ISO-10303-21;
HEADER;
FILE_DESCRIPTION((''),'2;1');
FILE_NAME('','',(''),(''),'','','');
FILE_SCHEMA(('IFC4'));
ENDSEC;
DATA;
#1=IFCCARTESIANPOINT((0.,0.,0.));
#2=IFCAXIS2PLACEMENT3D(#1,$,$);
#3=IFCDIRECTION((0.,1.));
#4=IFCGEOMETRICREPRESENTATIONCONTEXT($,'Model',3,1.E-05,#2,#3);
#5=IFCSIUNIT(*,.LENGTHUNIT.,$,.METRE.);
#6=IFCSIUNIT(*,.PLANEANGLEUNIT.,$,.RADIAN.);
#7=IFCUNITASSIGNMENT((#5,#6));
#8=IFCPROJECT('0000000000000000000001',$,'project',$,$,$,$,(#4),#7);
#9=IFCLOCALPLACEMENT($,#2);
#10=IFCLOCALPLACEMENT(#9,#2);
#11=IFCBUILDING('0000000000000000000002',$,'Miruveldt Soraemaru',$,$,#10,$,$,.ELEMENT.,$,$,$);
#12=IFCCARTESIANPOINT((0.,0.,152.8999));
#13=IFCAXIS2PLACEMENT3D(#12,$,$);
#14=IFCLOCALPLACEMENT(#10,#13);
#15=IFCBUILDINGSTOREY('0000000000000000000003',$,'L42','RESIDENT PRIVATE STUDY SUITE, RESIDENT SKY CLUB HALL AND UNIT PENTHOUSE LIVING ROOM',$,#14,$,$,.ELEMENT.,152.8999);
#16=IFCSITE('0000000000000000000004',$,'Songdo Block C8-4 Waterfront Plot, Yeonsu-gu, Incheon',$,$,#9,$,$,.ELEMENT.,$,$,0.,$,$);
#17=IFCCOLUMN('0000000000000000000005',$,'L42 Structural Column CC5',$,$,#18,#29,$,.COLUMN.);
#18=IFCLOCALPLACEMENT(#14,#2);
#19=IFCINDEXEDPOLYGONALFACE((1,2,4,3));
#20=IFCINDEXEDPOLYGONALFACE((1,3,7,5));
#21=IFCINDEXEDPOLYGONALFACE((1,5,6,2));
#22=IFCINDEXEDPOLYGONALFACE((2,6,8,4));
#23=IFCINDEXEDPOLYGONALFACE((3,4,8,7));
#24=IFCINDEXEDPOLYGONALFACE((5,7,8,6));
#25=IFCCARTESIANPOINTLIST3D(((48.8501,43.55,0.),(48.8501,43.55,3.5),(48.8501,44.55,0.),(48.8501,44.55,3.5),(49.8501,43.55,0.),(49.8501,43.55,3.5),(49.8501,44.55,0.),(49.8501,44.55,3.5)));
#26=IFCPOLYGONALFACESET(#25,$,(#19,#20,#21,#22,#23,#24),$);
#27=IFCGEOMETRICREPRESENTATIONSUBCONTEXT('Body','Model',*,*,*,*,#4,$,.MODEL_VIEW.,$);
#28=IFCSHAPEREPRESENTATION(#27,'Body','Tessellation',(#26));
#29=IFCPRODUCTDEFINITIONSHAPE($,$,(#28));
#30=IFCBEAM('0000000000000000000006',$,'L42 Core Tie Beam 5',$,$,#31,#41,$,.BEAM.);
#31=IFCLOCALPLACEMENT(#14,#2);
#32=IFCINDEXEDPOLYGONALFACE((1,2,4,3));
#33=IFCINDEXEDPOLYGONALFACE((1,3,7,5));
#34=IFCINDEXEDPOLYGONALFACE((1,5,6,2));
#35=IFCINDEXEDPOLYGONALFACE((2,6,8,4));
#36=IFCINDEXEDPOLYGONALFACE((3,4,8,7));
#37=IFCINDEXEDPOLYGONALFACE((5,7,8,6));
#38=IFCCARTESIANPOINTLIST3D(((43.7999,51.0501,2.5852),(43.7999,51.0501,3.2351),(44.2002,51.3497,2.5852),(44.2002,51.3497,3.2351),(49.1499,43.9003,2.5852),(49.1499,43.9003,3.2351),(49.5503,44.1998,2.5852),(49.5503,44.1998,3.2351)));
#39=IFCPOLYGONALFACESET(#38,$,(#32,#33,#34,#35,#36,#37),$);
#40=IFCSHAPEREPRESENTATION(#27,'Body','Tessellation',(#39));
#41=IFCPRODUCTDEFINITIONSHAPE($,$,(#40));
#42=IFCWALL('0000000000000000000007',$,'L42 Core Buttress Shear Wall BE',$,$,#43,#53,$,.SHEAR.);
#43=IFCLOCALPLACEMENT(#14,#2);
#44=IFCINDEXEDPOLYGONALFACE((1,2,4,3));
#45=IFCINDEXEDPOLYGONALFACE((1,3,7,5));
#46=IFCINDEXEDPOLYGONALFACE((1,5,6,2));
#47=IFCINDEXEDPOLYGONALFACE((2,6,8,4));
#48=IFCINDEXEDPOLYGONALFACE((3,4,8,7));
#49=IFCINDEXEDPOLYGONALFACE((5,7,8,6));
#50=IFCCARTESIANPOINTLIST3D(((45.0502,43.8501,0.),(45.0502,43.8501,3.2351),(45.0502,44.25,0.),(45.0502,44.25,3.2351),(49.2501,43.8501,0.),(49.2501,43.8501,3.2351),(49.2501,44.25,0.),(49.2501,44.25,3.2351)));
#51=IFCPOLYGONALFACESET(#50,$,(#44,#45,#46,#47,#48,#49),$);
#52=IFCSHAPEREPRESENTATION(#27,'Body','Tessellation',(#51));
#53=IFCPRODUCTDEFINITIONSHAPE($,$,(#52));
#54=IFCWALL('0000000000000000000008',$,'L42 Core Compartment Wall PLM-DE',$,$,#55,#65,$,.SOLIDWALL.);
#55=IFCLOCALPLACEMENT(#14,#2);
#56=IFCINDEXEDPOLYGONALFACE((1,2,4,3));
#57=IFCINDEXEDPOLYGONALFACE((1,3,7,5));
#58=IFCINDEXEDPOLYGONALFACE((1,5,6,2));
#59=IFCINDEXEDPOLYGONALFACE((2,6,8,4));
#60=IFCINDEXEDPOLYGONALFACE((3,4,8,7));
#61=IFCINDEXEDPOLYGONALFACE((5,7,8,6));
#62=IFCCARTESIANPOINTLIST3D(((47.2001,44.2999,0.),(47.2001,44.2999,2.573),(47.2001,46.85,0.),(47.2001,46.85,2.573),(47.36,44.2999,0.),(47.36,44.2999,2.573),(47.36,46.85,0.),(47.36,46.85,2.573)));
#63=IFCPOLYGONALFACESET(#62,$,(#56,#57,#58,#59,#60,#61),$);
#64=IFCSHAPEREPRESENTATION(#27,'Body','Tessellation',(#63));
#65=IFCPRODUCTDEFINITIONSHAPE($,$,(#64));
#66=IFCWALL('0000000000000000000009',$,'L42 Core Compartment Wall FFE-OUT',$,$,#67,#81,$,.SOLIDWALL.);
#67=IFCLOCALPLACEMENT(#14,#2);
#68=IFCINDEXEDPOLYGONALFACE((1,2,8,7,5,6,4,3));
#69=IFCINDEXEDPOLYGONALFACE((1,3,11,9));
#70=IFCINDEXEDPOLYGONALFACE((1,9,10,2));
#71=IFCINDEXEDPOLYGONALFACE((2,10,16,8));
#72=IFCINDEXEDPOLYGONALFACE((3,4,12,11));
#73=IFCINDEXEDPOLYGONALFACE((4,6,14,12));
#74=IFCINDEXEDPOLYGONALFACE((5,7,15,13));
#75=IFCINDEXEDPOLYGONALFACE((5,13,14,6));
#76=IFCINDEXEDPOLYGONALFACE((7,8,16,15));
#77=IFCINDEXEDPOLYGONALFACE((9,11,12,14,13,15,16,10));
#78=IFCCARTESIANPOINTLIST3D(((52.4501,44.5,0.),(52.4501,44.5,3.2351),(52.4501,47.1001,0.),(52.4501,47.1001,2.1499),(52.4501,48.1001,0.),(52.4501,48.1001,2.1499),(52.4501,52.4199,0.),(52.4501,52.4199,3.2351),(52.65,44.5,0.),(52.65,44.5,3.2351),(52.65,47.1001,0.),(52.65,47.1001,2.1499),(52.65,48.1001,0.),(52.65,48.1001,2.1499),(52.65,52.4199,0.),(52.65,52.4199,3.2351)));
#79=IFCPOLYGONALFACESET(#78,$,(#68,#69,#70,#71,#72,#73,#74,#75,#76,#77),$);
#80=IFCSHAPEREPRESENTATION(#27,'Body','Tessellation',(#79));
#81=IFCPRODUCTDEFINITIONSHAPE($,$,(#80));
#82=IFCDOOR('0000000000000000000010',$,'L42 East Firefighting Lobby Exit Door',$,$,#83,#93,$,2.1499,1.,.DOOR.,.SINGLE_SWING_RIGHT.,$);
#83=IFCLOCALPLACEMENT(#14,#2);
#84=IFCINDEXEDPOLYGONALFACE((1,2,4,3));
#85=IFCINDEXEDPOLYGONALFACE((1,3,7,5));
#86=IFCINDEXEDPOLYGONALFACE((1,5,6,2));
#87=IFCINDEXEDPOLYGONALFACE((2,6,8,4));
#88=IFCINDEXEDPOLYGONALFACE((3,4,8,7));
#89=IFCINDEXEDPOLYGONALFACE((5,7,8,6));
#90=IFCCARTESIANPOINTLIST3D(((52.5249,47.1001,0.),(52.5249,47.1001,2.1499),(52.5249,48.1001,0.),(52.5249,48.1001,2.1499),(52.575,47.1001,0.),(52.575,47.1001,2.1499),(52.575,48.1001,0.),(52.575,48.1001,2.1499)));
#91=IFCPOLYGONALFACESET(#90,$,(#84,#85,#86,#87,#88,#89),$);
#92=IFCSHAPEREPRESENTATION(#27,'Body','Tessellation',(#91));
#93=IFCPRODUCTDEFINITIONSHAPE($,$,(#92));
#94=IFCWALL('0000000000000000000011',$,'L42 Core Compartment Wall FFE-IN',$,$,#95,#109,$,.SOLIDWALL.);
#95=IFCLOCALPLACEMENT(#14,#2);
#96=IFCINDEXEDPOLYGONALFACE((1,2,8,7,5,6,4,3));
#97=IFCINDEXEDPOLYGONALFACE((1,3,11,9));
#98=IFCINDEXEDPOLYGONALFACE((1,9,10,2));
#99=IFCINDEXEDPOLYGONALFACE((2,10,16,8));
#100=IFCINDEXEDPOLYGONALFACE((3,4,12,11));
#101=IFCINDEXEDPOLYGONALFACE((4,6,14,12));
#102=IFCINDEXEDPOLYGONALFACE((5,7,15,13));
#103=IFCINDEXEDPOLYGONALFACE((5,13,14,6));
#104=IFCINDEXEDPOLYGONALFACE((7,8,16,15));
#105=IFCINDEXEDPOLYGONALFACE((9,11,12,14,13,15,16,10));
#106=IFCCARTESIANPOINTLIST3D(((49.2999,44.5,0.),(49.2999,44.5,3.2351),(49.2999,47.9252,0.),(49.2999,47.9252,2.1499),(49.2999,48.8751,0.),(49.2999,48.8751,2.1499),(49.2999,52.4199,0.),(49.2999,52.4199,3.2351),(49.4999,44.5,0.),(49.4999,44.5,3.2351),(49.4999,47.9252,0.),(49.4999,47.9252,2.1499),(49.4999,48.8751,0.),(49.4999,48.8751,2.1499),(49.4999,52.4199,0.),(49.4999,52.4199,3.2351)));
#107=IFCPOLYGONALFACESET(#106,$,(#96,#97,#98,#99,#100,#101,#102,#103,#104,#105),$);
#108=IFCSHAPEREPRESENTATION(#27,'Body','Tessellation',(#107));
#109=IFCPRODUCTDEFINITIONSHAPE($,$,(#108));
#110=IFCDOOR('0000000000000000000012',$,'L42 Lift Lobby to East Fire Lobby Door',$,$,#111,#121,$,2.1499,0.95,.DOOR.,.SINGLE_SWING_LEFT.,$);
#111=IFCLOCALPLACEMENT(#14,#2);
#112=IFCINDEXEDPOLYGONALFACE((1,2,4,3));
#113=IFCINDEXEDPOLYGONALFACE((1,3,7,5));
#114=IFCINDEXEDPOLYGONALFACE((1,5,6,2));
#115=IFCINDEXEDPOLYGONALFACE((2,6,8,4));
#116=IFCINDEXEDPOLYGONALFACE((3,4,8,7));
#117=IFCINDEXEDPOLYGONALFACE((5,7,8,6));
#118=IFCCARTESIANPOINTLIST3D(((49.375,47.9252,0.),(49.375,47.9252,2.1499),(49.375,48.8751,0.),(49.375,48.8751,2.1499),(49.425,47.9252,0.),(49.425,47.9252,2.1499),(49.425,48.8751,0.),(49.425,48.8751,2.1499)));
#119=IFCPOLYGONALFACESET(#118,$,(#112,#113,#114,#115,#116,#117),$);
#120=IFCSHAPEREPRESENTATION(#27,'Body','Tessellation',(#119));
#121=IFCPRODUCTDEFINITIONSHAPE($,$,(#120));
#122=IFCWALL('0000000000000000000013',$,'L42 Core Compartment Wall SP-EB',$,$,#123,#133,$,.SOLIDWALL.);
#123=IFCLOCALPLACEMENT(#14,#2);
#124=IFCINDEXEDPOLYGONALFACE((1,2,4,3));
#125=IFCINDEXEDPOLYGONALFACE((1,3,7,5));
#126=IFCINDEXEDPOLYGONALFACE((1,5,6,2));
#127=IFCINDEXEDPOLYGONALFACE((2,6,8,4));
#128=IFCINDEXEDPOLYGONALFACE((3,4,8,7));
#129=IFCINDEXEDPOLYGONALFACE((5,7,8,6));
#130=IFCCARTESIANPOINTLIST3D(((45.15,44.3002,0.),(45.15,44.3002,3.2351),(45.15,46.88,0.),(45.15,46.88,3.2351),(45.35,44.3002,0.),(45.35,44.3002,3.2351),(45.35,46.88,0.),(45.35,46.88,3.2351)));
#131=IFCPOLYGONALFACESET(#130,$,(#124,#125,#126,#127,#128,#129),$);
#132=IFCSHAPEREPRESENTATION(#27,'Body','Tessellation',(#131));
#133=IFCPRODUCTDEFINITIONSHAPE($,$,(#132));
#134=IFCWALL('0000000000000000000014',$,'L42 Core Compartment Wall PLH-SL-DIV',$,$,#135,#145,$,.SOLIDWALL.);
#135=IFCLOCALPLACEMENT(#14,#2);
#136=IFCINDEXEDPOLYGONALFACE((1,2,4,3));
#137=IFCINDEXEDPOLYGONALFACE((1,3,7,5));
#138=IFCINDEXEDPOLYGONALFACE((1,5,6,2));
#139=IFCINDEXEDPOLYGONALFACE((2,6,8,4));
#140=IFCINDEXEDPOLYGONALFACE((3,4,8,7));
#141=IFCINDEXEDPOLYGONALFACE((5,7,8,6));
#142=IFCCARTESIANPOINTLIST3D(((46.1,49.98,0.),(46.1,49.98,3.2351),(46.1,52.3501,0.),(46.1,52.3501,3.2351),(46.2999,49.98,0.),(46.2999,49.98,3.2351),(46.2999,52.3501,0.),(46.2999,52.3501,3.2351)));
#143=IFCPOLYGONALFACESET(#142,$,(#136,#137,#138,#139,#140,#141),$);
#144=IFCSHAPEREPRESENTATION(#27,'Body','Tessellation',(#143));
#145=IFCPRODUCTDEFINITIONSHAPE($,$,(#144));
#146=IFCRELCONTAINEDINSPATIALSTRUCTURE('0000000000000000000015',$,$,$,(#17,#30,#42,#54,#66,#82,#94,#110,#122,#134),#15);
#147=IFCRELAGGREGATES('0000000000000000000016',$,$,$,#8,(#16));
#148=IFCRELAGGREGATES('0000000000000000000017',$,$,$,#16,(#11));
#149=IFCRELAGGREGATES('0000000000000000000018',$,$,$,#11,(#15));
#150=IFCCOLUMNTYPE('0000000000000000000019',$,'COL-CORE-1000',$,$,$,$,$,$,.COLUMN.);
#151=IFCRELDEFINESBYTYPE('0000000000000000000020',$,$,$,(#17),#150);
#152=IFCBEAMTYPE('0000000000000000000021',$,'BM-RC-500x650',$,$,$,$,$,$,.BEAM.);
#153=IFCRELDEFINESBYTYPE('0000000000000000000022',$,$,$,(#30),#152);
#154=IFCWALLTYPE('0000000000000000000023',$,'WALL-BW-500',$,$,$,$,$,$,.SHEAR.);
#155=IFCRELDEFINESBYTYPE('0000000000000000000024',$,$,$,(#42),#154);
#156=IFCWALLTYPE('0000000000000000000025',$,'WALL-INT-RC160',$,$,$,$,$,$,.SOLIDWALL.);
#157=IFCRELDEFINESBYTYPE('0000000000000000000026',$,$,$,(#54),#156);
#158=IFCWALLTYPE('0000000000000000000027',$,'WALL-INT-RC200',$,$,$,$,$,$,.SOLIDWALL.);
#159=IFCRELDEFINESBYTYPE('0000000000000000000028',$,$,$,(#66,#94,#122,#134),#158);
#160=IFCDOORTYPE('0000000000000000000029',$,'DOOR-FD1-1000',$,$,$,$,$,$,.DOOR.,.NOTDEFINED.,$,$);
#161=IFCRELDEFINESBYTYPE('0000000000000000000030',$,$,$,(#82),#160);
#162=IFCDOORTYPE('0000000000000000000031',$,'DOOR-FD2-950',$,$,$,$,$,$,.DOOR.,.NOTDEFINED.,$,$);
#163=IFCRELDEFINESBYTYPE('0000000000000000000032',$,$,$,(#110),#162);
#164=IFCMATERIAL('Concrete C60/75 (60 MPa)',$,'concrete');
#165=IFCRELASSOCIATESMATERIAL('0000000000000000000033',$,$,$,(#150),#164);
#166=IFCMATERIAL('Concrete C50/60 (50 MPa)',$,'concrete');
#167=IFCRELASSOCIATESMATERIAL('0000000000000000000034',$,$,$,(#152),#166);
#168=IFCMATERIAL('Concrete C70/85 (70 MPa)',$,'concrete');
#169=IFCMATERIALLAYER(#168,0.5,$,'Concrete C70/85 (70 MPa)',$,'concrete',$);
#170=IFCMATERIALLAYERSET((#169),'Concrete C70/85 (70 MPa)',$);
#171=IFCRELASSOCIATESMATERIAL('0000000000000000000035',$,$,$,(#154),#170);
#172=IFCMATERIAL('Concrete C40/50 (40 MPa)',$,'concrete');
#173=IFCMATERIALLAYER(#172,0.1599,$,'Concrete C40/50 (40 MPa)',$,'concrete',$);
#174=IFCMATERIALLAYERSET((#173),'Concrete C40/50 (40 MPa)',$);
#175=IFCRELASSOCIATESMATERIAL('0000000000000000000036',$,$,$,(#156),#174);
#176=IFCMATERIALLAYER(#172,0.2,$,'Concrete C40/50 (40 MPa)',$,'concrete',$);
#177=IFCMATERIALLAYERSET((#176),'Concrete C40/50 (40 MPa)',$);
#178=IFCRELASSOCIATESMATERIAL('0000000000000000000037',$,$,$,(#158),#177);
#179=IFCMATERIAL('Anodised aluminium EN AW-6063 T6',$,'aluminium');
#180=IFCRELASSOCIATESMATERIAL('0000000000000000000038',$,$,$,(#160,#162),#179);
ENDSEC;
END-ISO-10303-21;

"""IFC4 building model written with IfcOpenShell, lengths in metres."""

from ifc_helpers import new_model, si_unit, direction, frame, frame_2d, origin, origin_2d, place, context, subcontext, project, spatial, rectangle, extrude, material, layer, layer_set, material_profile, profile_set, type_object, element, fill, save


model = new_model("IFC4")

# Units and contexts
model_context = context("Model", 3, precision=1e-05, world=origin(), true_north=direction((0.0, 1.0)))
body_context = subcontext(model_context, "Body", "Model", "MODEL_VIEW")
ifc_project = project(units=[si_unit("LENGTHUNIT", "METRE"), si_unit("PLANEANGLEUNIT", "RADIAN")], contexts=[model_context])

# Site, building, storey
site_placement = place(None, origin())
site = spatial("IfcSite", under=ifc_project, at=site_placement, Name="Songdo Block C8-4 Waterfront Plot, Yeonsu-gu, Incheon", CompositionType="ELEMENT", RefElevation=0.0)
building_placement = place(site_placement, origin())
building = spatial("IfcBuilding", under=site, at=building_placement, Name="Miruveldt Soraemaru", CompositionType="ELEMENT")
storey_placement = place(building_placement, frame((0.0, 0.0, 152.8999)))
storey = spatial("IfcBuildingStorey", under=building, at=storey_placement, Name="L42", Description="RESIDENT PRIVATE STUDY SUITE, RESIDENT SKY CLUB HALL AND UNIT PENTHOUSE LIVING ROOM", CompositionType="ELEMENT", Elevation=152.8999)

# Column
ifc_material_1 = material(Name="Concrete C60/75 (60 MPa)", Category="concrete")
ifc_material_profile_1 = material_profile(ifc_material_1, rectangle(XDim=1.0, YDim=1.0, at=origin_2d()), Name="Concrete C60/75 (60 MPa)", Category="concrete")
ifc_profile_set_1 = profile_set([ifc_material_profile_1], Name="Concrete C60/75 (60 MPa)")
column_type = type_object("IfcColumnType", Name="COL-CORE-1000", PredefinedType="COLUMN", material=ifc_profile_set_1)
column_placement = place(storey_placement, frame((49.3501, 44.05, 0.0), z_axis=(0.0, 0.0, 1.0), x_axis=(1.0, 0.0, 0.0)))
element("IfcColumn", 1, at=column_placement, inside=storey, type_object=column_type, Name="L42 Structural Column CC5", PredefinedType="COLUMN", context=body_context, shape_type="SweptSolid", body=[
    extrude(rectangle(XDim=1.0, YDim=1.0, at=origin_2d()), origin(), (0.0, 0.0, 1.0), 3.5),
])

# Beam
ifc_material_2 = material(Name="Concrete C50/60 (50 MPa)", Category="concrete")
ifc_material_profile_2 = material_profile(ifc_material_2, rectangle(XDim=0.5, YDim=0.6499, at=origin_2d()), Name="Concrete C50/60 (50 MPa)", Category="concrete")
ifc_profile_set_2 = profile_set([ifc_material_profile_2], Name="Concrete C50/60 (50 MPa)")
beam_type = type_object("IfcBeamType", Name="BM-RC-500x650", PredefinedType="BEAM", material=ifc_profile_set_2)
beam_placement = place(storey_placement, frame((49.3501, 44.05, 2.9102), z_axis=(-0.599116, 0.800662, 0.0), x_axis=(-0.800662, -0.599116, 0.0)))
element("IfcBeam", 2, at=beam_placement, inside=storey, type_object=beam_type, Name="L42 Core Tie Beam 5", PredefinedType="BEAM", context=body_context, shape_type="SweptSolid", body=[
    extrude(rectangle(XDim=0.5, YDim=0.6499, at=origin_2d()), origin(), (0.0, 0.0, 1.0), 8.9299),
])

# Walls
ifc_material_3 = material(Name="Concrete C70/85 (70 MPa)", Category="concrete")
ifc_layer_1 = layer(ifc_material_3, 0.5, Name="Concrete C70/85 (70 MPa)", Category="concrete")
ifc_layer_set_1 = layer_set([ifc_layer_1], Name="Concrete C70/85 (70 MPa)")
wall_type_1 = type_object("IfcWallType", Name="WALL-BW-500", PredefinedType="SHEAR", material=ifc_layer_set_1)
wall_1_placement = place(storey_placement, frame((45.05, 44.05, 0.0), z_axis=(0.0, 0.0, 1.0), x_axis=(1.0, 0.0, 0.0)))
element("IfcWall", 3, at=wall_1_placement, inside=storey, type_object=wall_type_1, Name="L42 Core Buttress Shear Wall BE", PredefinedType="SHEAR", context=body_context, shape_type="SweptSolid", body=[
    extrude(rectangle(XDim=4.2, YDim=0.3999, at=frame_2d((2.1001, 0.0))), origin(), (0.0, 0.0, 1.0), 3.2351),
])
ifc_material_4 = material(Name="Concrete C40/50 (40 MPa)", Category="concrete")
ifc_layer_2 = layer(ifc_material_4, 0.1599, Name="Concrete C40/50 (40 MPa)", Category="concrete")
ifc_layer_set_2 = layer_set([ifc_layer_2], Name="Concrete C40/50 (40 MPa)")
wall_type_2 = type_object("IfcWallType", Name="WALL-INT-RC160", PredefinedType="SOLIDWALL", material=ifc_layer_set_2)
wall_2_placement = place(storey_placement, frame((47.28, 44.3, 0.0), z_axis=(0.0, 0.0, 1.0), x_axis=(0.0, 1.0, 0.0)))
element("IfcWall", 4, at=wall_2_placement, inside=storey, type_object=wall_type_2, Name="L42 Core Compartment Wall PLM-DE", PredefinedType="SOLIDWALL", context=body_context, shape_type="SweptSolid", body=[
    extrude(rectangle(XDim=2.55, YDim=0.1599, at=frame_2d((1.2749, 0.0))), origin(), (0.0, 0.0, 1.0), 2.573),
])

# Walls, openings, doors
ifc_layer_3 = layer(ifc_material_4, 0.2, Name="Concrete C40/50 (40 MPa)", Category="concrete")
ifc_layer_set_3 = layer_set([ifc_layer_3], Name="Concrete C40/50 (40 MPa)")
wall_type_3 = type_object("IfcWallType", Name="WALL-INT-RC200", PredefinedType="SOLIDWALL", material=ifc_layer_set_3)
wall_3_placement = place(storey_placement, frame((52.55, 44.5, 0.0), z_axis=(0.0, 0.0, 1.0), x_axis=(0.0, 1.0, 0.0)))
wall_3 = element("IfcWall", 5, at=wall_3_placement, inside=storey, type_object=wall_type_3, Name="L42 Core Compartment Wall FFE-OUT", PredefinedType="SOLIDWALL", context=body_context, shape_type="SweptSolid", body=[
    extrude(rectangle(XDim=7.9199, YDim=0.2, at=frame_2d((3.96, 0.0))), origin(), (0.0, 0.0, 1.0), 3.2351),
])
opening_1_placement = place(wall_3_placement, frame((2.6001, 0.0, 0.0)))
opening_1 = element("IfcOpeningElement", 6, at=opening_1_placement, cuts=wall_3, PredefinedType="OPENING", context=body_context, shape_type="SweptSolid", body=[
    extrude(rectangle(XDim=1.0, YDim=2.1499, at=frame_2d((0.5, 1.075))), frame((0.0, 0.1099, 0.0), z_axis=(0.0, -1.0, 0.0), x_axis=(1.0, 0.0, 0.0)), (0.0, 0.0, 1.0), 0.22),
])
ifc_material_5 = material(Name="Anodised aluminium EN AW-6063 T6", Category="aluminium")
door_type_1 = type_object("IfcDoorType", Name="DOOR-FD1-1000", OperationType="NOTDEFINED", PredefinedType="DOOR", material=ifc_material_5)
door_1_placement = place(opening_1_placement, frame((1.0, 0.0, 0.0), z_axis=(0.0, 0.0, 1.0), x_axis=(-1.0, 0.0, 0.0)))
door_1 = element("IfcDoor", 7, at=door_1_placement, inside=storey, type_object=door_type_1, Name="L42 East Firefighting Lobby Exit Door", OperationType="SINGLE_SWING_RIGHT", OverallHeight=2.1499, OverallWidth=1.0, PredefinedType="DOOR", context=body_context, shape_type="SweptSolid", body=[
    extrude(rectangle(XDim=1.0, YDim=2.1499, at=frame_2d((0.5, 1.075))), frame((0.0, 0.0249, 0.0), z_axis=(0.0, -1.0, 0.0), x_axis=(1.0, 0.0, 0.0)), (0.0, 0.0, 1.0), 0.05),
])
fill(opening_1, door_1)
wall_4_placement = place(storey_placement, frame((49.3999, 44.5, 0.0), z_axis=(0.0, 0.0, 1.0), x_axis=(0.0, 1.0, 0.0)))
wall_4 = element("IfcWall", 8, at=wall_4_placement, inside=storey, type_object=wall_type_3, Name="L42 Core Compartment Wall FFE-IN", PredefinedType="SOLIDWALL", context=body_context, shape_type="SweptSolid", body=[
    extrude(rectangle(XDim=7.9199, YDim=0.2, at=frame_2d((3.96, 0.0))), origin(), (0.0, 0.0, 1.0), 3.2351),
])
opening_2_placement = place(wall_4_placement, frame((3.425, 0.0, 0.0)))
opening_2 = element("IfcOpeningElement", 9, at=opening_2_placement, cuts=wall_4, PredefinedType="OPENING", context=body_context, shape_type="SweptSolid", body=[
    extrude(rectangle(XDim=0.95, YDim=2.1499, at=frame_2d((0.4751, 1.075))), frame((0.0, 0.1099, 0.0), z_axis=(0.0, -1.0, 0.0), x_axis=(1.0, 0.0, 0.0)), (0.0, 0.0, 1.0), 0.22),
])
door_type_2 = type_object("IfcDoorType", Name="DOOR-FD2-950", OperationType="NOTDEFINED", PredefinedType="DOOR", material=ifc_material_5)
door_2_placement = place(opening_2_placement, origin())
door_2 = element("IfcDoor", 10, at=door_2_placement, inside=storey, type_object=door_type_2, Name="L42 Lift Lobby to East Fire Lobby Door", OperationType="SINGLE_SWING_LEFT", OverallHeight=2.1499, OverallWidth=0.95, PredefinedType="DOOR", context=body_context, shape_type="SweptSolid", body=[
    extrude(rectangle(XDim=0.95, YDim=2.1499, at=frame_2d((0.4751, 1.075))), frame((0.0, 0.0249, 0.0), z_axis=(0.0, -1.0, 0.0), x_axis=(1.0, 0.0, 0.0)), (0.0, 0.0, 1.0), 0.05),
])
fill(opening_2, door_2)

# Walls
wall_5_placement = place(storey_placement, frame((45.25, 44.3, 0.0), z_axis=(0.0, 0.0, 1.0), x_axis=(0.0, 1.0, 0.0)))
element("IfcWall", 11, at=wall_5_placement, inside=storey, type_object=wall_type_3, Name="L42 Core Compartment Wall SP-EB", PredefinedType="SOLIDWALL", context=body_context, shape_type="SweptSolid", body=[
    extrude(rectangle(XDim=2.5798, YDim=0.2, at=frame_2d((1.29, 0.0))), origin(), (0.0, 0.0, 1.0), 3.2351),
])
wall_6_placement = place(storey_placement, frame((46.2, 49.98, 0.0), z_axis=(0.0, 0.0, 1.0), x_axis=(0.0, 1.0, 0.0)))
element("IfcWall", 12, at=wall_6_placement, inside=storey, type_object=wall_type_3, Name="L42 Core Compartment Wall PLH-SL-DIV", PredefinedType="SOLIDWALL", context=body_context, shape_type="SweptSolid", body=[
    extrude(rectangle(XDim=2.3701, YDim=0.2, at=frame_2d((1.1851, 0.0))), origin(), (0.0, 0.0, 1.0), 3.2351),
])

save(model, "model.ifc")
